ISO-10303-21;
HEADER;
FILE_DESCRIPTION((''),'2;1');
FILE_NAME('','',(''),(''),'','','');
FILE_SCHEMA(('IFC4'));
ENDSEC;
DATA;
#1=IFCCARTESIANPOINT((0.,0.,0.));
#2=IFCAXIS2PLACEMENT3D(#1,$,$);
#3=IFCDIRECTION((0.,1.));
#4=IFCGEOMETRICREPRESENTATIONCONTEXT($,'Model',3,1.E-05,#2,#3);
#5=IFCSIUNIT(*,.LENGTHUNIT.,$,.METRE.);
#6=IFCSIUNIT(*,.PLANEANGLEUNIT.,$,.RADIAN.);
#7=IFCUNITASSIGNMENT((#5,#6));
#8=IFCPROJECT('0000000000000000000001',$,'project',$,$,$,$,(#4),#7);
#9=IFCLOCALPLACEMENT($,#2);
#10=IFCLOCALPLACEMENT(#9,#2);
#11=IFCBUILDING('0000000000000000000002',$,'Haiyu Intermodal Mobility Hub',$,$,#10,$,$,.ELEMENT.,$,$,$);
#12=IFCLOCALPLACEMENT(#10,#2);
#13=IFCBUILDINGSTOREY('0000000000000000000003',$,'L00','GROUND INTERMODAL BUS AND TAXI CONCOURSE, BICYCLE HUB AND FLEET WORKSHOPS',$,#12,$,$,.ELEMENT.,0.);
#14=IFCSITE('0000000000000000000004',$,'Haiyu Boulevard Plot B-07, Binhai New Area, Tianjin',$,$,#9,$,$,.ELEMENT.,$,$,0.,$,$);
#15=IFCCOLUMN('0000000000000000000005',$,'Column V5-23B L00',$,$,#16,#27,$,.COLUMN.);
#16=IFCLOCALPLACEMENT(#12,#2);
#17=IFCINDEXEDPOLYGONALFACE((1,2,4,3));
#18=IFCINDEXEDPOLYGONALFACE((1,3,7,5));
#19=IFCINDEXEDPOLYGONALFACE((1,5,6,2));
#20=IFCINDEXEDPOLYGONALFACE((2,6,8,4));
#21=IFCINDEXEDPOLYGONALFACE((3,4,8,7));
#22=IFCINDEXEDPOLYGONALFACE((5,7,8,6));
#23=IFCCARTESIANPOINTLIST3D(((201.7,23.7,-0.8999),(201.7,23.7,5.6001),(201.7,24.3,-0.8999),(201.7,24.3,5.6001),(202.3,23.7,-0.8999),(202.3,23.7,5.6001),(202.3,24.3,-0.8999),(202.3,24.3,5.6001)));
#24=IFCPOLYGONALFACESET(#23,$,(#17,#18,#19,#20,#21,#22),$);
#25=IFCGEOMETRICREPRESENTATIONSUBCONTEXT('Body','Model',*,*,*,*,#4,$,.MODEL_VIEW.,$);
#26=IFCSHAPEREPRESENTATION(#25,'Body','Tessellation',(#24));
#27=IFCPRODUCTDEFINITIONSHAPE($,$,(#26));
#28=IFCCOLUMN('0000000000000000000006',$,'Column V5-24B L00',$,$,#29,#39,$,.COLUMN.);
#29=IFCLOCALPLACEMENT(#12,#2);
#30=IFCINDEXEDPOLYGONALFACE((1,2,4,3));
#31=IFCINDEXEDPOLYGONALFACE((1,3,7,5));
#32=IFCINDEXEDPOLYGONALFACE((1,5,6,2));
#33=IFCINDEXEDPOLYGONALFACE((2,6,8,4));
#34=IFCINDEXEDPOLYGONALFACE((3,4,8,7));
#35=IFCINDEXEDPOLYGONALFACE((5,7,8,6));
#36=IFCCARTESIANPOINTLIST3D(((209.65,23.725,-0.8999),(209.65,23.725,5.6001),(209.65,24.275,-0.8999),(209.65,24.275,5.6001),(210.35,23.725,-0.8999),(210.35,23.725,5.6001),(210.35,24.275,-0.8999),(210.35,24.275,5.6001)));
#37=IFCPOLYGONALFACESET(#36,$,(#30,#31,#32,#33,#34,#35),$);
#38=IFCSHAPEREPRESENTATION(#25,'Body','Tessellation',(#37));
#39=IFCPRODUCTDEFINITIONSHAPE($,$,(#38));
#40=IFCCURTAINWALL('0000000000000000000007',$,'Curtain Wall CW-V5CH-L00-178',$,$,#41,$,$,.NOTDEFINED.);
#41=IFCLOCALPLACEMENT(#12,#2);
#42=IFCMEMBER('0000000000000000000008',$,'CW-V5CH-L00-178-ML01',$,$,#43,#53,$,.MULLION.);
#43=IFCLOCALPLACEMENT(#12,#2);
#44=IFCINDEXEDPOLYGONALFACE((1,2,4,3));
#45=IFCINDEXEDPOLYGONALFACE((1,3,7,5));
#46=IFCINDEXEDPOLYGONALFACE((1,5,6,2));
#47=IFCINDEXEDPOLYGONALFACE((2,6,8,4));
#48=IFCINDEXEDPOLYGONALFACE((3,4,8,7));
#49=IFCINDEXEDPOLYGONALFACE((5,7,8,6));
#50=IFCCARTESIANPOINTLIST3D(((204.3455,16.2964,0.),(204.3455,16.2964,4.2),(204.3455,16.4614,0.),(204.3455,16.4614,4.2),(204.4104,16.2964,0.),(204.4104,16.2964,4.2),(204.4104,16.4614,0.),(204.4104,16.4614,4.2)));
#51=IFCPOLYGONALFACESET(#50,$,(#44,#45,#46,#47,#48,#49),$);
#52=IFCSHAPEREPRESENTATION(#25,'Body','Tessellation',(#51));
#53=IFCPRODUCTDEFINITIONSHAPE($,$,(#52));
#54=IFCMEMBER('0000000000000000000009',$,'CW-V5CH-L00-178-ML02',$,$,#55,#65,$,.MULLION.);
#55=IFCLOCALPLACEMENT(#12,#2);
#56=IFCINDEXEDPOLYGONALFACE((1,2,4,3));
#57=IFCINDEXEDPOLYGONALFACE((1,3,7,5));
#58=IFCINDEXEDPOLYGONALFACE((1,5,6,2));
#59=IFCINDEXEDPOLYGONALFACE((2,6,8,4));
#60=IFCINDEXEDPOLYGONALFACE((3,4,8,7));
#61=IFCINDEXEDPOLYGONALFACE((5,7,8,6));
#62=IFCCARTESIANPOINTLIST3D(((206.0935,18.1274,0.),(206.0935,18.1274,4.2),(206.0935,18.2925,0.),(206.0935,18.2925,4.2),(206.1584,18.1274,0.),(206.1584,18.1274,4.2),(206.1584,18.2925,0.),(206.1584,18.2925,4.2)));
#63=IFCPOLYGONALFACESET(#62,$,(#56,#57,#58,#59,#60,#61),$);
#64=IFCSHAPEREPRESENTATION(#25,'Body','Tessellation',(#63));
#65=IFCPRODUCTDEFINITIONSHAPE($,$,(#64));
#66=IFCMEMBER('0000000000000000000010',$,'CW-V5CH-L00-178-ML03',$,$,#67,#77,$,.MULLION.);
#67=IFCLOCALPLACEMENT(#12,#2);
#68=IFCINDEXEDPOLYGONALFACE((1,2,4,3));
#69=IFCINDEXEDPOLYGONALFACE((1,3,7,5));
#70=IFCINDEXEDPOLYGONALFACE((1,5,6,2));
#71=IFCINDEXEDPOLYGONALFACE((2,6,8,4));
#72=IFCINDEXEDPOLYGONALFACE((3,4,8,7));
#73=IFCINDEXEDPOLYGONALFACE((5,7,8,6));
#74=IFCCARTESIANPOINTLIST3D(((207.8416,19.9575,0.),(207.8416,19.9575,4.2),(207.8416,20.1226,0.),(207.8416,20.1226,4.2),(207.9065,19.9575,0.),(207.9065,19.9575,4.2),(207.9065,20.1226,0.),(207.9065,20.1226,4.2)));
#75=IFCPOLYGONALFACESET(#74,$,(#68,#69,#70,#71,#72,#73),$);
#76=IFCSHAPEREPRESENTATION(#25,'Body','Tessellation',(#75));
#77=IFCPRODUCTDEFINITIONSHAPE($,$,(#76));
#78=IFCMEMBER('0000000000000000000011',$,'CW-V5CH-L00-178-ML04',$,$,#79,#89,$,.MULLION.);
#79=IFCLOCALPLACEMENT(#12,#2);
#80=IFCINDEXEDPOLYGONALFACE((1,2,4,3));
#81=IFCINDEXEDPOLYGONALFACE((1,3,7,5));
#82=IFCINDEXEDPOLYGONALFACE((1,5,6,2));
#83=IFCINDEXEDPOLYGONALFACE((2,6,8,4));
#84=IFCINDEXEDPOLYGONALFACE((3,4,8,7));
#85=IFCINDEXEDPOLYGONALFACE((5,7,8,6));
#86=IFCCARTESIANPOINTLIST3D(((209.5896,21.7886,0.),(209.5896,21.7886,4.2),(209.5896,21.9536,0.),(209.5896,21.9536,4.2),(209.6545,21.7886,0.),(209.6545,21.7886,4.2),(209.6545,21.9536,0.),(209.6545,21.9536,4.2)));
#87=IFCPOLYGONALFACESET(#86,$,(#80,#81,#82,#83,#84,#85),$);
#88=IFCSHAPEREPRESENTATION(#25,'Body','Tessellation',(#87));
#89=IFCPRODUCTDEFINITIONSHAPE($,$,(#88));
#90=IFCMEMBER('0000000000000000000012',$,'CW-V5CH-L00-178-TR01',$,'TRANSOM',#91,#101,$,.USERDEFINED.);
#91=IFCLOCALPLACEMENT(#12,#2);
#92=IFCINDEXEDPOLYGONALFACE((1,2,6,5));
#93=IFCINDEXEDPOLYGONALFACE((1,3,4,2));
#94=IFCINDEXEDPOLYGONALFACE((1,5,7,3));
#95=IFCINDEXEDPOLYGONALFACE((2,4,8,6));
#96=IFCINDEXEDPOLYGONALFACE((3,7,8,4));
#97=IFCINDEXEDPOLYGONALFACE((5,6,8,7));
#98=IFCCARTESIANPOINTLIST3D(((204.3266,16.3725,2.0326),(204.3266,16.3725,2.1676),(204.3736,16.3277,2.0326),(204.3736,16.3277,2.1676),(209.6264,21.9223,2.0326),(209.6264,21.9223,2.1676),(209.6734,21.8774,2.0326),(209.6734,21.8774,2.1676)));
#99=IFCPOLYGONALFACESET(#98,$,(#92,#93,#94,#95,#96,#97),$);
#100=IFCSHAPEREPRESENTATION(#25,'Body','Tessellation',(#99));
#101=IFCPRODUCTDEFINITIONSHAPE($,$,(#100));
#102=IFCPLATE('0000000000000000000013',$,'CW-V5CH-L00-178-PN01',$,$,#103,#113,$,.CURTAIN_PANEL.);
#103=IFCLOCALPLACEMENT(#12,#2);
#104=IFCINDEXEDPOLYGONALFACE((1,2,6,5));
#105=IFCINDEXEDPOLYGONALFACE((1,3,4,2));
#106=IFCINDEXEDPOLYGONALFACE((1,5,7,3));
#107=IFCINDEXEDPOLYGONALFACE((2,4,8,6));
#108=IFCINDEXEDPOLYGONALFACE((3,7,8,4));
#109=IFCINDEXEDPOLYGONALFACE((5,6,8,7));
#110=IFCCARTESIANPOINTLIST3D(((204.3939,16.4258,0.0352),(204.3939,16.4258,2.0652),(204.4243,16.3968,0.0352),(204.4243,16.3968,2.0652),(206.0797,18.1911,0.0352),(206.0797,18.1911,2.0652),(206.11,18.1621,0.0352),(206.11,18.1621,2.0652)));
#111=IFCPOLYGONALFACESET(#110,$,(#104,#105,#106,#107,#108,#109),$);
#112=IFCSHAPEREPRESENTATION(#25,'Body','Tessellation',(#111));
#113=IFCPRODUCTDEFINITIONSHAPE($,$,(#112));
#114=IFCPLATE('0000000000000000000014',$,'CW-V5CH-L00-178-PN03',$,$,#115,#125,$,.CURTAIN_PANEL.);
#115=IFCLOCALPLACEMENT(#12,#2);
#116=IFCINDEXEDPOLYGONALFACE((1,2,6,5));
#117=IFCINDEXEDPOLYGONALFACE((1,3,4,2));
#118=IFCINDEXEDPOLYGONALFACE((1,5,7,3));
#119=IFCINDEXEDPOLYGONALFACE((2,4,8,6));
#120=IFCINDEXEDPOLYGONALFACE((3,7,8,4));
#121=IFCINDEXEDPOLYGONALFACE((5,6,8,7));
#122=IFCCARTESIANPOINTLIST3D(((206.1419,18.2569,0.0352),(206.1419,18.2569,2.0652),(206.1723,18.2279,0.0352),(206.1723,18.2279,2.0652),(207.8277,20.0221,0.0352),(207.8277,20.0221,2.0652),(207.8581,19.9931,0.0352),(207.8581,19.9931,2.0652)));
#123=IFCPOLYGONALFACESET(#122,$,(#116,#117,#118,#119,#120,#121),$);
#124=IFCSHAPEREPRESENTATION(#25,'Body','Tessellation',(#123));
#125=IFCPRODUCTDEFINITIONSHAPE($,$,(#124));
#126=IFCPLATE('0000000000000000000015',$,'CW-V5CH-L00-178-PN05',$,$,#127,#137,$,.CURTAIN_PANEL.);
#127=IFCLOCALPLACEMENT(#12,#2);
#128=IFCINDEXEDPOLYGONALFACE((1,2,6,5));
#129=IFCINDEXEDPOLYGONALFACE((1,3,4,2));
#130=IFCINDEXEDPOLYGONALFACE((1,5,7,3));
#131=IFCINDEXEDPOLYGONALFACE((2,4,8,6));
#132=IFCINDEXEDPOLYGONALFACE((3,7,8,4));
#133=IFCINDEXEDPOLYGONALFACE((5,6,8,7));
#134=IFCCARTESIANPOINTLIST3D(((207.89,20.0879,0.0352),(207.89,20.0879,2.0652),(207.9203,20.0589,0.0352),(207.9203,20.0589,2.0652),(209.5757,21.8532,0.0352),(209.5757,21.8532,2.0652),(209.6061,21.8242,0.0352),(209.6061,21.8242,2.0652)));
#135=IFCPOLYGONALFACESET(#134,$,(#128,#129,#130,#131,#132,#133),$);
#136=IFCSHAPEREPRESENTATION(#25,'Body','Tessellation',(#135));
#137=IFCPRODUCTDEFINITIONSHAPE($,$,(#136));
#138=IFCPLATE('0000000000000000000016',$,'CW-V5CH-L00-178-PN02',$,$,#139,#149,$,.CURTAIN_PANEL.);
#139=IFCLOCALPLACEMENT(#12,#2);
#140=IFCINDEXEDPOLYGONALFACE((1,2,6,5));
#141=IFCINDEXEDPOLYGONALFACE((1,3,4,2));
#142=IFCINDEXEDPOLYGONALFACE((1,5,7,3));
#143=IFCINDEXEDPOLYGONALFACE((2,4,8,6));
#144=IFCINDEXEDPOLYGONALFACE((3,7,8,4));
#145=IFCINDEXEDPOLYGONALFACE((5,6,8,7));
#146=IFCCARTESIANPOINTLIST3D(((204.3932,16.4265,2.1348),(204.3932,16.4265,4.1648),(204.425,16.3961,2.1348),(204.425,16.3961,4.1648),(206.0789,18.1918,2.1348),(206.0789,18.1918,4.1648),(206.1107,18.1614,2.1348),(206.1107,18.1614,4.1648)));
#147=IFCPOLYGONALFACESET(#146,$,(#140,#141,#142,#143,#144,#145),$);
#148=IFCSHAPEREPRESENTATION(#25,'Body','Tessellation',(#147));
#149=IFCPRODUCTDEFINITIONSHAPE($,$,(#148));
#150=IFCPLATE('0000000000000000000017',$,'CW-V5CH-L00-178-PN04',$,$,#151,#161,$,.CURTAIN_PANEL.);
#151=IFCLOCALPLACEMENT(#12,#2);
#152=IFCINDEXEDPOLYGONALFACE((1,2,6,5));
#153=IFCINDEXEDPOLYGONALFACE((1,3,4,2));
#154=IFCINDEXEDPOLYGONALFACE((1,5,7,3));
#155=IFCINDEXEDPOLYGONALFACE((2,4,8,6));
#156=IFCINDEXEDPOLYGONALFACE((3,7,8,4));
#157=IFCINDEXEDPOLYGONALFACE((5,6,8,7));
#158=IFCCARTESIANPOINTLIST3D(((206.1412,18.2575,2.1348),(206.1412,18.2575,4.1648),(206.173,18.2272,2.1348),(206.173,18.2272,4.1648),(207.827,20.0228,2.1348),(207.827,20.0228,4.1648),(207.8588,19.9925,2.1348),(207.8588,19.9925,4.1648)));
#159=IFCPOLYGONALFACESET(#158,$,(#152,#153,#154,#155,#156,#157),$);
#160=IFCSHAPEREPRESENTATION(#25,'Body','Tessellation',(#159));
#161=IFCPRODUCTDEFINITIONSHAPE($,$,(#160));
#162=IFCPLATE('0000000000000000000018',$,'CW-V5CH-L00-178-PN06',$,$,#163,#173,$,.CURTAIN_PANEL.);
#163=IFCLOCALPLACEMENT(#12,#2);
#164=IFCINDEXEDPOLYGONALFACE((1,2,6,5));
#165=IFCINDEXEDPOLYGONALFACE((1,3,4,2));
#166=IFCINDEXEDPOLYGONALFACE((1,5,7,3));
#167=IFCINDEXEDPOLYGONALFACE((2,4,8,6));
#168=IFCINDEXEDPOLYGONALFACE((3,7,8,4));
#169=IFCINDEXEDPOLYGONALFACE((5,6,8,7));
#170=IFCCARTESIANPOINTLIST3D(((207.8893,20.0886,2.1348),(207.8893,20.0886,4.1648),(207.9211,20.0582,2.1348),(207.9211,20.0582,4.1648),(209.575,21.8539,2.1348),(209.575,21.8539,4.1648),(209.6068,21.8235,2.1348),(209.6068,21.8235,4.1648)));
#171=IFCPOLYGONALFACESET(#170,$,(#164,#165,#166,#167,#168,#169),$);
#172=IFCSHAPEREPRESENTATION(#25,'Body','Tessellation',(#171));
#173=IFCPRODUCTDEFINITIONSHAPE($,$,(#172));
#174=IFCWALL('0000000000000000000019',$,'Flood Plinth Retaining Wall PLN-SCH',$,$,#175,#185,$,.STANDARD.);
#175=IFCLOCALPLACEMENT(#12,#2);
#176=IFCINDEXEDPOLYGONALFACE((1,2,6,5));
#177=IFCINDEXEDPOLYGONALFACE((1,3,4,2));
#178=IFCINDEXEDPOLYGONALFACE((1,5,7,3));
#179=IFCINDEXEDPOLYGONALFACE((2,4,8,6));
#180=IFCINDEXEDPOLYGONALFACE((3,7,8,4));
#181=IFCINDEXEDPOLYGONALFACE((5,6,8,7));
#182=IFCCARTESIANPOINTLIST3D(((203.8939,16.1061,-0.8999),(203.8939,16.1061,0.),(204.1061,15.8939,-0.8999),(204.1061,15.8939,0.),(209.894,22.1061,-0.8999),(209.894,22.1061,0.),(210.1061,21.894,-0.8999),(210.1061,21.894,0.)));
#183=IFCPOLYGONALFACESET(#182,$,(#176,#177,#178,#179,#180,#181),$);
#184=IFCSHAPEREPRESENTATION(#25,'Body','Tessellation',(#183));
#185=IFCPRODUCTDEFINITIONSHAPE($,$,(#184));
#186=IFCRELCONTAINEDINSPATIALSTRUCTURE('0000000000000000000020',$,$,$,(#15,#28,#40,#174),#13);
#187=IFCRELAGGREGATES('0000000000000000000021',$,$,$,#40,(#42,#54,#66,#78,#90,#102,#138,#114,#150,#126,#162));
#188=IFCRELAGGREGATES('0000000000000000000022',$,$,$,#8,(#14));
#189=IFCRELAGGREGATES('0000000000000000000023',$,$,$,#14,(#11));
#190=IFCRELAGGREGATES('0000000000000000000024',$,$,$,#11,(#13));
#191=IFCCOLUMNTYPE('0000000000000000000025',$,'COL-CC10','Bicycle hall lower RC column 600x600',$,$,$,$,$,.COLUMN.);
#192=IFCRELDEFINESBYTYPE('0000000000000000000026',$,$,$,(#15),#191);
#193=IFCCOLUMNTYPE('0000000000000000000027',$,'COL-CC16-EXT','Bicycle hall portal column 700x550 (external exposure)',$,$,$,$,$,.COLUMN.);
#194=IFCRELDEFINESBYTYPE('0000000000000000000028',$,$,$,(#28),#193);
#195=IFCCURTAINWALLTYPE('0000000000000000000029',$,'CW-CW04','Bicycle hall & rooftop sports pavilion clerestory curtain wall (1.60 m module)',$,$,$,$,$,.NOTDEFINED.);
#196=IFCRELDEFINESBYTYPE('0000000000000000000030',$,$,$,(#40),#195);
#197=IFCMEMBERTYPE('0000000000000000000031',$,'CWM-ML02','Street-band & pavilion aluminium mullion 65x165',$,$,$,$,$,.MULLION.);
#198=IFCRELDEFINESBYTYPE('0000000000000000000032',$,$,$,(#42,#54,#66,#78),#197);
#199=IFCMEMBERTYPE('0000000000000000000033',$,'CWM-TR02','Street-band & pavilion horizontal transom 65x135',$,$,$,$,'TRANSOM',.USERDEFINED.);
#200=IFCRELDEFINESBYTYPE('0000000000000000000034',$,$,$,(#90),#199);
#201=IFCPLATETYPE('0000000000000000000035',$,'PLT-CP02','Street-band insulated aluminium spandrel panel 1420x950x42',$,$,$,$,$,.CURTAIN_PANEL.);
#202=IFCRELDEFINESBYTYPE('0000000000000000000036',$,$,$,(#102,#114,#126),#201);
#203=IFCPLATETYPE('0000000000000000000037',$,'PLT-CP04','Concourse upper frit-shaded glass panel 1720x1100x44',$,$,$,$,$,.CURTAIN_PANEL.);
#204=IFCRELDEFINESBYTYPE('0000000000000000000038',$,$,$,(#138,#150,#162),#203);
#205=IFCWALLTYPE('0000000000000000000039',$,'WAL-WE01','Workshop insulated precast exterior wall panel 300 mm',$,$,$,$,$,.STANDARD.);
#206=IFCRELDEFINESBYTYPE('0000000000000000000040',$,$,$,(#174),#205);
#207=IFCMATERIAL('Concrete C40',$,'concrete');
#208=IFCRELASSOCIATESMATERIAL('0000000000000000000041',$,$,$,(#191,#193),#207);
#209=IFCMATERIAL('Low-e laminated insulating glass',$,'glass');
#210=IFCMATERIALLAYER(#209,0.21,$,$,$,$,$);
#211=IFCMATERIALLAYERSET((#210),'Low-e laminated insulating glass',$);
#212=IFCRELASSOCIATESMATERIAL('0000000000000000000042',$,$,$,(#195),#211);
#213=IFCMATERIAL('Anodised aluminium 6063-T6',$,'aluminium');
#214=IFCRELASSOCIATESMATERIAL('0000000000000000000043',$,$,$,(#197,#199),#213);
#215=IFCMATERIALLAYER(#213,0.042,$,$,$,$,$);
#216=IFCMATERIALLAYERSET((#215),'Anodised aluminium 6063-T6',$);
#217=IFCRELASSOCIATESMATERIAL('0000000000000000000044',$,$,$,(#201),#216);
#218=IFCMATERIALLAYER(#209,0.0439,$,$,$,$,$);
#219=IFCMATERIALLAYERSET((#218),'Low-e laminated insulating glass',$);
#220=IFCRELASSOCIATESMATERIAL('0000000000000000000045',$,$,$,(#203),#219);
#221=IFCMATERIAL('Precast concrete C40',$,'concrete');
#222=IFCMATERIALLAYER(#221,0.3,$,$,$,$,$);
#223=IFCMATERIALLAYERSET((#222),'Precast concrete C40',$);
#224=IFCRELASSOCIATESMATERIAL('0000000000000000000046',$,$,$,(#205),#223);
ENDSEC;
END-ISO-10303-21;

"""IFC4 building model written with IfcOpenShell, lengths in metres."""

from ifc_helpers import new_model, si_unit, direction, frame, frame_2d, origin, origin_2d, place, context, subcontext, project, spatial, rectangle, extrude, material, layer, layer_set, material_profile, profile_set, type_object, element, aggregate, save


model = new_model("IFC4")

# Units and contexts
model_context = context("Model", 3, precision=1e-05, world=origin(), true_north=direction((0.0, 1.0)))
body_context = subcontext(model_context, "Body", "Model", "MODEL_VIEW")
ifc_project = project(units=[si_unit("LENGTHUNIT", "METRE"), si_unit("PLANEANGLEUNIT", "RADIAN")], contexts=[model_context])

# Site, building, storey
site_placement = place(None, origin())
site = spatial("IfcSite", under=ifc_project, at=site_placement, Name="Haiyu Boulevard Plot B-07, Binhai New Area, Tianjin", CompositionType="ELEMENT", RefElevation=0.0)
building_placement = place(site_placement, origin())
building = spatial("IfcBuilding", under=site, at=building_placement, Name="Haiyu Intermodal Mobility Hub", CompositionType="ELEMENT")
storey_placement = place(building_placement, origin())
storey = spatial("IfcBuildingStorey", under=building, at=storey_placement, Name="L00", Description="GROUND INTERMODAL BUS AND TAXI CONCOURSE, BICYCLE HUB AND FLEET WORKSHOPS", CompositionType="ELEMENT", Elevation=0.0)

# Shared definitions
ifc_material_1 = material(Name="Concrete C40", Category="concrete")

# Columns
ifc_material_profile_1 = material_profile(ifc_material_1, rectangle(XDim=0.6001, YDim=0.6001, at=origin_2d()), Name="RC600x600")
ifc_profile_set_1 = profile_set([ifc_material_profile_1], Name="Concrete C40")
column_type_1 = type_object("IfcColumnType", Name="COL-CC10", Description="Bicycle hall lower RC column 600x600", PredefinedType="COLUMN", material=ifc_profile_set_1)
column_1_placement = place(storey_placement, frame((202.0, 24.0, -0.8999), z_axis=(0.0, 0.0, 1.0), x_axis=(1.0, 0.0, 0.0)))
element("IfcColumn", 1, at=column_1_placement, inside=storey, type_object=column_type_1, Name="Column V5-23B L00", PredefinedType="COLUMN", context=body_context, shape_type="SweptSolid", body=[
    extrude(rectangle(XDim=0.6001, YDim=0.6001, at=origin_2d()), origin(), (0.0, 0.0, 1.0), 6.5),
])
ifc_material_profile_2 = material_profile(ifc_material_1, rectangle(XDim=0.7, YDim=0.55, at=origin_2d()), Name="C700x550")
ifc_profile_set_2 = profile_set([ifc_material_profile_2], Name="Concrete C40")
column_type_2 = type_object("IfcColumnType", Name="COL-CC16-EXT", Description="Bicycle hall portal column 700x550 (external exposure)", PredefinedType="COLUMN", material=ifc_profile_set_2)
column_2_placement = place(storey_placement, frame((210.0, 24.0, -0.8999), z_axis=(0.0, 0.0, 1.0), x_axis=(1.0, 0.0, 0.0)))
element("IfcColumn", 2, at=column_2_placement, inside=storey, type_object=column_type_2, Name="Column V5-24B L00", PredefinedType="COLUMN", context=body_context, shape_type="SweptSolid", body=[
    extrude(rectangle(XDim=0.7, YDim=0.55, at=origin_2d()), origin(), (0.0, 0.0, 1.0), 6.5),
])

# Curtain wall, members, plates
ifc_material_2 = material(Name="Low-e laminated insulating glass", Category="glass")
ifc_layer_1 = layer(ifc_material_2, 0.21)
ifc_layer_set_1 = layer_set([ifc_layer_1], Name="Low-e laminated insulating glass")
curtain_wall_type = type_object("IfcCurtainWallType", Name="CW-CW04", Description="Bicycle hall & rooftop sports pavilion clerestory curtain wall (1.60 m module)", PredefinedType="NOTDEFINED", material=ifc_layer_set_1)
curtain_wall_placement = place(storey_placement, origin())
curtain_wall = element("IfcCurtainWall", 3, at=curtain_wall_placement, inside=storey, type_object=curtain_wall_type, Name="Curtain Wall CW-V5CH-L00-178", PredefinedType="NOTDEFINED")
ifc_material_3 = material(Name="Anodised aluminium 6063-T6", Category="aluminium")
ifc_material_profile_3 = material_profile(ifc_material_3, rectangle(XDim=0.0649, YDim=0.165, at=origin_2d()), Name="ALU65x165")
ifc_profile_set_3 = profile_set([ifc_material_profile_3], Name="Anodised aluminium 6063-T6")
member_type_1 = type_object("IfcMemberType", Name="CWM-ML02", Description="Street-band & pavilion aluminium mullion 65x165", PredefinedType="MULLION", material=ifc_profile_set_3)
member_1_placement = place(storey_placement, frame((204.3779, 16.3789, 0.0), z_axis=(0.0, 0.0, 1.0), x_axis=(1.0, 0.0, 0.0)))
member_1 = element("IfcMember", 4, at=member_1_placement, type_object=member_type_1, Name="CW-V5CH-L00-178-ML01", PredefinedType="MULLION", context=body_context, shape_type="SweptSolid", body=[
    extrude(rectangle(XDim=0.0649, YDim=0.165, at=origin_2d()), origin(), (0.0, 0.0, 1.0), 4.2),
])
member_2_placement = place(storey_placement, frame((206.126, 18.21, 0.0), z_axis=(0.0, 0.0, 1.0), x_axis=(1.0, 0.0, 0.0)))
member_2 = element("IfcMember", 5, at=member_2_placement, type_object=member_type_1, Name="CW-V5CH-L00-178-ML02", PredefinedType="MULLION", context=body_context, shape_type="SweptSolid", body=[
    extrude(rectangle(XDim=0.0649, YDim=0.165, at=origin_2d()), origin(), (0.0, 0.0, 1.0), 4.2),
])
member_3_placement = place(storey_placement, frame((207.874, 20.04, 0.0), z_axis=(0.0, 0.0, 1.0), x_axis=(1.0, 0.0, 0.0)))
member_3 = element("IfcMember", 6, at=member_3_placement, type_object=member_type_1, Name="CW-V5CH-L00-178-ML03", PredefinedType="MULLION", context=body_context, shape_type="SweptSolid", body=[
    extrude(rectangle(XDim=0.0649, YDim=0.165, at=origin_2d()), origin(), (0.0, 0.0, 1.0), 4.2),
])
member_4_placement = place(storey_placement, frame((209.6221, 21.8711, 0.0), z_axis=(0.0, 0.0, 1.0), x_axis=(1.0, 0.0, 0.0)))
member_4 = element("IfcMember", 7, at=member_4_placement, type_object=member_type_1, Name="CW-V5CH-L00-178-ML04", PredefinedType="MULLION", context=body_context, shape_type="SweptSolid", body=[
    extrude(rectangle(XDim=0.0649, YDim=0.165, at=origin_2d()), origin(), (0.0, 0.0, 1.0), 4.2),
])
ifc_material_profile_4 = material_profile(ifc_material_3, rectangle(XDim=0.0649, YDim=0.135, at=origin_2d()), Name="ALU65x135")
ifc_profile_set_4 = profile_set([ifc_material_profile_4], Name="Anodised aluminium 6063-T6")
member_type_2 = type_object("IfcMemberType", Name="CWM-TR02", Description="Street-band & pavilion horizontal transom 65x135", ElementType="TRANSOM", PredefinedType="USERDEFINED", material=ifc_profile_set_4)
member_5_placement = place(storey_placement, frame((204.3501, 16.3501, 2.1001), z_axis=(0.69063, 0.723208, 0.0), x_axis=(-0.723208, 0.69063, 0.0)))
member_5 = element("IfcMember", 8, at=member_5_placement, type_object=member_type_2, Name="CW-V5CH-L00-178-TR01", ObjectType="TRANSOM", PredefinedType="USERDEFINED", context=body_context, shape_type="SweptSolid", body=[
    extrude(rectangle(XDim=0.0649, YDim=0.135, at=origin_2d()), origin(), (0.0, 0.0, 1.0), 7.6738),
])
ifc_layer_2 = layer(ifc_material_3, 0.042)
ifc_layer_set_2 = layer_set([ifc_layer_2], Name="Anodised aluminium 6063-T6")
plate_type_1 = type_object("IfcPlateType", Name="PLT-CP02", Description="Street-band insulated aluminium spandrel panel 1420x950x42", PredefinedType="CURTAIN_PANEL", material=ifc_layer_set_2)
plate_1_placement = place(storey_placement, frame((205.252, 17.2939, 0.0352), z_axis=(0.0, 0.0, 1.0), x_axis=(0.690631, 0.723208, 0.0)))
plate_1 = element("IfcPlate", 9, at=plate_1_placement, type_object=plate_type_1, Name="CW-V5CH-L00-178-PN01", PredefinedType="CURTAIN_PANEL", context=body_context, shape_type="SweptSolid", body=[
    extrude(rectangle(XDim=2.4409, YDim=0.042, at=origin_2d()), origin(), (0.0, 0.0, 1.0), 2.03),
])
plate_2_placement = place(storey_placement, frame((207.0, 19.125, 0.0352), z_axis=(0.0, 0.0, 1.0), x_axis=(0.690631, 0.723208, 0.0)))
plate_2 = element("IfcPlate", 10, at=plate_2_placement, type_object=plate_type_1, Name="CW-V5CH-L00-178-PN03", PredefinedType="CURTAIN_PANEL", context=body_context, shape_type="SweptSolid", body=[
    extrude(rectangle(XDim=2.4409, YDim=0.042, at=origin_2d()), origin(), (0.0, 0.0, 1.0), 2.03),
])
plate_3_placement = place(storey_placement, frame((208.748, 20.9561, 0.0352), z_axis=(0.0, 0.0, 1.0), x_axis=(0.690631, 0.723208, 0.0)))
plate_3 = element("IfcPlate", 11, at=plate_3_placement, type_object=plate_type_1, Name="CW-V5CH-L00-178-PN05", PredefinedType="CURTAIN_PANEL", context=body_context, shape_type="SweptSolid", body=[
    extrude(rectangle(XDim=2.4409, YDim=0.042, at=origin_2d()), origin(), (0.0, 0.0, 1.0), 2.03),
])
ifc_layer_3 = layer(ifc_material_2, 0.0439)
ifc_layer_set_3 = layer_set([ifc_layer_3], Name="Low-e laminated insulating glass")
plate_type_2 = type_object("IfcPlateType", Name="PLT-CP04", Description="Concourse upper frit-shaded glass panel 1720x1100x44", PredefinedType="CURTAIN_PANEL", material=ifc_layer_set_3)
plate_4_placement = place(storey_placement, frame((205.252, 17.2939, 2.1348), z_axis=(0.0, 0.0, 1.0), x_axis=(0.690631, 0.723208, 0.0)))
plate_4 = element("IfcPlate", 12, at=plate_4_placement, type_object=plate_type_2, Name="CW-V5CH-L00-178-PN02", PredefinedType="CURTAIN_PANEL", context=body_context, shape_type="SweptSolid", body=[
    extrude(rectangle(XDim=2.4409, YDim=0.0439, at=origin_2d()), origin(), (0.0, 0.0, 1.0), 2.03),
])
plate_5_placement = place(storey_placement, frame((207.0, 19.125, 2.1348), z_axis=(0.0, 0.0, 1.0), x_axis=(0.690631, 0.723208, 0.0)))
plate_5 = element("IfcPlate", 13, at=plate_5_placement, type_object=plate_type_2, Name="CW-V5CH-L00-178-PN04", PredefinedType="CURTAIN_PANEL", context=body_context, shape_type="SweptSolid", body=[
    extrude(rectangle(XDim=2.4409, YDim=0.0439, at=origin_2d()), origin(), (0.0, 0.0, 1.0), 2.03),
])
plate_6_placement = place(storey_placement, frame((208.748, 20.9561, 2.1348), z_axis=(0.0, 0.0, 1.0), x_axis=(0.690631, 0.723208, 0.0)))
plate_6 = element("IfcPlate", 14, at=plate_6_placement, type_object=plate_type_2, Name="CW-V5CH-L00-178-PN06", PredefinedType="CURTAIN_PANEL", context=body_context, shape_type="SweptSolid", body=[
    extrude(rectangle(XDim=2.4409, YDim=0.0439, at=origin_2d()), origin(), (0.0, 0.0, 1.0), 2.03),
])
aggregate(curtain_wall, [member_1, member_2, member_3, member_4, member_5, plate_1, plate_4, plate_2, plate_5, plate_3, plate_6])

# Wall
ifc_material_4 = material(Name="Precast concrete C40", Category="concrete")
ifc_layer_4 = layer(ifc_material_4, 0.3)
ifc_layer_set_4 = layer_set([ifc_layer_4], Name="Precast concrete C40")
wall_type_1 = type_object("IfcWallType", Name="WAL-WE01", Description="Workshop insulated precast exterior wall panel 300 mm", PredefinedType="STANDARD", material=ifc_layer_set_4)
wall_1_placement = place(storey_placement, frame((204.0, 16.0, -0.8999), z_axis=(0.0, 0.0, 1.0), x_axis=(0.707107, 0.707107, 0.0)))
element("IfcWall", 15, at=wall_1_placement, inside=storey, type_object=wall_type_1, Name="Flood Plinth Retaining Wall PLN-SCH", PredefinedType="STANDARD", context=body_context, shape_type="SweptSolid", body=[
    extrude(rectangle(XDim=8.4854, YDim=0.3, at=frame_2d((4.2427, 0.0))), origin(), (0.0, 0.0, 1.0), 0.8999),
])

save(model, "model.ifc")
